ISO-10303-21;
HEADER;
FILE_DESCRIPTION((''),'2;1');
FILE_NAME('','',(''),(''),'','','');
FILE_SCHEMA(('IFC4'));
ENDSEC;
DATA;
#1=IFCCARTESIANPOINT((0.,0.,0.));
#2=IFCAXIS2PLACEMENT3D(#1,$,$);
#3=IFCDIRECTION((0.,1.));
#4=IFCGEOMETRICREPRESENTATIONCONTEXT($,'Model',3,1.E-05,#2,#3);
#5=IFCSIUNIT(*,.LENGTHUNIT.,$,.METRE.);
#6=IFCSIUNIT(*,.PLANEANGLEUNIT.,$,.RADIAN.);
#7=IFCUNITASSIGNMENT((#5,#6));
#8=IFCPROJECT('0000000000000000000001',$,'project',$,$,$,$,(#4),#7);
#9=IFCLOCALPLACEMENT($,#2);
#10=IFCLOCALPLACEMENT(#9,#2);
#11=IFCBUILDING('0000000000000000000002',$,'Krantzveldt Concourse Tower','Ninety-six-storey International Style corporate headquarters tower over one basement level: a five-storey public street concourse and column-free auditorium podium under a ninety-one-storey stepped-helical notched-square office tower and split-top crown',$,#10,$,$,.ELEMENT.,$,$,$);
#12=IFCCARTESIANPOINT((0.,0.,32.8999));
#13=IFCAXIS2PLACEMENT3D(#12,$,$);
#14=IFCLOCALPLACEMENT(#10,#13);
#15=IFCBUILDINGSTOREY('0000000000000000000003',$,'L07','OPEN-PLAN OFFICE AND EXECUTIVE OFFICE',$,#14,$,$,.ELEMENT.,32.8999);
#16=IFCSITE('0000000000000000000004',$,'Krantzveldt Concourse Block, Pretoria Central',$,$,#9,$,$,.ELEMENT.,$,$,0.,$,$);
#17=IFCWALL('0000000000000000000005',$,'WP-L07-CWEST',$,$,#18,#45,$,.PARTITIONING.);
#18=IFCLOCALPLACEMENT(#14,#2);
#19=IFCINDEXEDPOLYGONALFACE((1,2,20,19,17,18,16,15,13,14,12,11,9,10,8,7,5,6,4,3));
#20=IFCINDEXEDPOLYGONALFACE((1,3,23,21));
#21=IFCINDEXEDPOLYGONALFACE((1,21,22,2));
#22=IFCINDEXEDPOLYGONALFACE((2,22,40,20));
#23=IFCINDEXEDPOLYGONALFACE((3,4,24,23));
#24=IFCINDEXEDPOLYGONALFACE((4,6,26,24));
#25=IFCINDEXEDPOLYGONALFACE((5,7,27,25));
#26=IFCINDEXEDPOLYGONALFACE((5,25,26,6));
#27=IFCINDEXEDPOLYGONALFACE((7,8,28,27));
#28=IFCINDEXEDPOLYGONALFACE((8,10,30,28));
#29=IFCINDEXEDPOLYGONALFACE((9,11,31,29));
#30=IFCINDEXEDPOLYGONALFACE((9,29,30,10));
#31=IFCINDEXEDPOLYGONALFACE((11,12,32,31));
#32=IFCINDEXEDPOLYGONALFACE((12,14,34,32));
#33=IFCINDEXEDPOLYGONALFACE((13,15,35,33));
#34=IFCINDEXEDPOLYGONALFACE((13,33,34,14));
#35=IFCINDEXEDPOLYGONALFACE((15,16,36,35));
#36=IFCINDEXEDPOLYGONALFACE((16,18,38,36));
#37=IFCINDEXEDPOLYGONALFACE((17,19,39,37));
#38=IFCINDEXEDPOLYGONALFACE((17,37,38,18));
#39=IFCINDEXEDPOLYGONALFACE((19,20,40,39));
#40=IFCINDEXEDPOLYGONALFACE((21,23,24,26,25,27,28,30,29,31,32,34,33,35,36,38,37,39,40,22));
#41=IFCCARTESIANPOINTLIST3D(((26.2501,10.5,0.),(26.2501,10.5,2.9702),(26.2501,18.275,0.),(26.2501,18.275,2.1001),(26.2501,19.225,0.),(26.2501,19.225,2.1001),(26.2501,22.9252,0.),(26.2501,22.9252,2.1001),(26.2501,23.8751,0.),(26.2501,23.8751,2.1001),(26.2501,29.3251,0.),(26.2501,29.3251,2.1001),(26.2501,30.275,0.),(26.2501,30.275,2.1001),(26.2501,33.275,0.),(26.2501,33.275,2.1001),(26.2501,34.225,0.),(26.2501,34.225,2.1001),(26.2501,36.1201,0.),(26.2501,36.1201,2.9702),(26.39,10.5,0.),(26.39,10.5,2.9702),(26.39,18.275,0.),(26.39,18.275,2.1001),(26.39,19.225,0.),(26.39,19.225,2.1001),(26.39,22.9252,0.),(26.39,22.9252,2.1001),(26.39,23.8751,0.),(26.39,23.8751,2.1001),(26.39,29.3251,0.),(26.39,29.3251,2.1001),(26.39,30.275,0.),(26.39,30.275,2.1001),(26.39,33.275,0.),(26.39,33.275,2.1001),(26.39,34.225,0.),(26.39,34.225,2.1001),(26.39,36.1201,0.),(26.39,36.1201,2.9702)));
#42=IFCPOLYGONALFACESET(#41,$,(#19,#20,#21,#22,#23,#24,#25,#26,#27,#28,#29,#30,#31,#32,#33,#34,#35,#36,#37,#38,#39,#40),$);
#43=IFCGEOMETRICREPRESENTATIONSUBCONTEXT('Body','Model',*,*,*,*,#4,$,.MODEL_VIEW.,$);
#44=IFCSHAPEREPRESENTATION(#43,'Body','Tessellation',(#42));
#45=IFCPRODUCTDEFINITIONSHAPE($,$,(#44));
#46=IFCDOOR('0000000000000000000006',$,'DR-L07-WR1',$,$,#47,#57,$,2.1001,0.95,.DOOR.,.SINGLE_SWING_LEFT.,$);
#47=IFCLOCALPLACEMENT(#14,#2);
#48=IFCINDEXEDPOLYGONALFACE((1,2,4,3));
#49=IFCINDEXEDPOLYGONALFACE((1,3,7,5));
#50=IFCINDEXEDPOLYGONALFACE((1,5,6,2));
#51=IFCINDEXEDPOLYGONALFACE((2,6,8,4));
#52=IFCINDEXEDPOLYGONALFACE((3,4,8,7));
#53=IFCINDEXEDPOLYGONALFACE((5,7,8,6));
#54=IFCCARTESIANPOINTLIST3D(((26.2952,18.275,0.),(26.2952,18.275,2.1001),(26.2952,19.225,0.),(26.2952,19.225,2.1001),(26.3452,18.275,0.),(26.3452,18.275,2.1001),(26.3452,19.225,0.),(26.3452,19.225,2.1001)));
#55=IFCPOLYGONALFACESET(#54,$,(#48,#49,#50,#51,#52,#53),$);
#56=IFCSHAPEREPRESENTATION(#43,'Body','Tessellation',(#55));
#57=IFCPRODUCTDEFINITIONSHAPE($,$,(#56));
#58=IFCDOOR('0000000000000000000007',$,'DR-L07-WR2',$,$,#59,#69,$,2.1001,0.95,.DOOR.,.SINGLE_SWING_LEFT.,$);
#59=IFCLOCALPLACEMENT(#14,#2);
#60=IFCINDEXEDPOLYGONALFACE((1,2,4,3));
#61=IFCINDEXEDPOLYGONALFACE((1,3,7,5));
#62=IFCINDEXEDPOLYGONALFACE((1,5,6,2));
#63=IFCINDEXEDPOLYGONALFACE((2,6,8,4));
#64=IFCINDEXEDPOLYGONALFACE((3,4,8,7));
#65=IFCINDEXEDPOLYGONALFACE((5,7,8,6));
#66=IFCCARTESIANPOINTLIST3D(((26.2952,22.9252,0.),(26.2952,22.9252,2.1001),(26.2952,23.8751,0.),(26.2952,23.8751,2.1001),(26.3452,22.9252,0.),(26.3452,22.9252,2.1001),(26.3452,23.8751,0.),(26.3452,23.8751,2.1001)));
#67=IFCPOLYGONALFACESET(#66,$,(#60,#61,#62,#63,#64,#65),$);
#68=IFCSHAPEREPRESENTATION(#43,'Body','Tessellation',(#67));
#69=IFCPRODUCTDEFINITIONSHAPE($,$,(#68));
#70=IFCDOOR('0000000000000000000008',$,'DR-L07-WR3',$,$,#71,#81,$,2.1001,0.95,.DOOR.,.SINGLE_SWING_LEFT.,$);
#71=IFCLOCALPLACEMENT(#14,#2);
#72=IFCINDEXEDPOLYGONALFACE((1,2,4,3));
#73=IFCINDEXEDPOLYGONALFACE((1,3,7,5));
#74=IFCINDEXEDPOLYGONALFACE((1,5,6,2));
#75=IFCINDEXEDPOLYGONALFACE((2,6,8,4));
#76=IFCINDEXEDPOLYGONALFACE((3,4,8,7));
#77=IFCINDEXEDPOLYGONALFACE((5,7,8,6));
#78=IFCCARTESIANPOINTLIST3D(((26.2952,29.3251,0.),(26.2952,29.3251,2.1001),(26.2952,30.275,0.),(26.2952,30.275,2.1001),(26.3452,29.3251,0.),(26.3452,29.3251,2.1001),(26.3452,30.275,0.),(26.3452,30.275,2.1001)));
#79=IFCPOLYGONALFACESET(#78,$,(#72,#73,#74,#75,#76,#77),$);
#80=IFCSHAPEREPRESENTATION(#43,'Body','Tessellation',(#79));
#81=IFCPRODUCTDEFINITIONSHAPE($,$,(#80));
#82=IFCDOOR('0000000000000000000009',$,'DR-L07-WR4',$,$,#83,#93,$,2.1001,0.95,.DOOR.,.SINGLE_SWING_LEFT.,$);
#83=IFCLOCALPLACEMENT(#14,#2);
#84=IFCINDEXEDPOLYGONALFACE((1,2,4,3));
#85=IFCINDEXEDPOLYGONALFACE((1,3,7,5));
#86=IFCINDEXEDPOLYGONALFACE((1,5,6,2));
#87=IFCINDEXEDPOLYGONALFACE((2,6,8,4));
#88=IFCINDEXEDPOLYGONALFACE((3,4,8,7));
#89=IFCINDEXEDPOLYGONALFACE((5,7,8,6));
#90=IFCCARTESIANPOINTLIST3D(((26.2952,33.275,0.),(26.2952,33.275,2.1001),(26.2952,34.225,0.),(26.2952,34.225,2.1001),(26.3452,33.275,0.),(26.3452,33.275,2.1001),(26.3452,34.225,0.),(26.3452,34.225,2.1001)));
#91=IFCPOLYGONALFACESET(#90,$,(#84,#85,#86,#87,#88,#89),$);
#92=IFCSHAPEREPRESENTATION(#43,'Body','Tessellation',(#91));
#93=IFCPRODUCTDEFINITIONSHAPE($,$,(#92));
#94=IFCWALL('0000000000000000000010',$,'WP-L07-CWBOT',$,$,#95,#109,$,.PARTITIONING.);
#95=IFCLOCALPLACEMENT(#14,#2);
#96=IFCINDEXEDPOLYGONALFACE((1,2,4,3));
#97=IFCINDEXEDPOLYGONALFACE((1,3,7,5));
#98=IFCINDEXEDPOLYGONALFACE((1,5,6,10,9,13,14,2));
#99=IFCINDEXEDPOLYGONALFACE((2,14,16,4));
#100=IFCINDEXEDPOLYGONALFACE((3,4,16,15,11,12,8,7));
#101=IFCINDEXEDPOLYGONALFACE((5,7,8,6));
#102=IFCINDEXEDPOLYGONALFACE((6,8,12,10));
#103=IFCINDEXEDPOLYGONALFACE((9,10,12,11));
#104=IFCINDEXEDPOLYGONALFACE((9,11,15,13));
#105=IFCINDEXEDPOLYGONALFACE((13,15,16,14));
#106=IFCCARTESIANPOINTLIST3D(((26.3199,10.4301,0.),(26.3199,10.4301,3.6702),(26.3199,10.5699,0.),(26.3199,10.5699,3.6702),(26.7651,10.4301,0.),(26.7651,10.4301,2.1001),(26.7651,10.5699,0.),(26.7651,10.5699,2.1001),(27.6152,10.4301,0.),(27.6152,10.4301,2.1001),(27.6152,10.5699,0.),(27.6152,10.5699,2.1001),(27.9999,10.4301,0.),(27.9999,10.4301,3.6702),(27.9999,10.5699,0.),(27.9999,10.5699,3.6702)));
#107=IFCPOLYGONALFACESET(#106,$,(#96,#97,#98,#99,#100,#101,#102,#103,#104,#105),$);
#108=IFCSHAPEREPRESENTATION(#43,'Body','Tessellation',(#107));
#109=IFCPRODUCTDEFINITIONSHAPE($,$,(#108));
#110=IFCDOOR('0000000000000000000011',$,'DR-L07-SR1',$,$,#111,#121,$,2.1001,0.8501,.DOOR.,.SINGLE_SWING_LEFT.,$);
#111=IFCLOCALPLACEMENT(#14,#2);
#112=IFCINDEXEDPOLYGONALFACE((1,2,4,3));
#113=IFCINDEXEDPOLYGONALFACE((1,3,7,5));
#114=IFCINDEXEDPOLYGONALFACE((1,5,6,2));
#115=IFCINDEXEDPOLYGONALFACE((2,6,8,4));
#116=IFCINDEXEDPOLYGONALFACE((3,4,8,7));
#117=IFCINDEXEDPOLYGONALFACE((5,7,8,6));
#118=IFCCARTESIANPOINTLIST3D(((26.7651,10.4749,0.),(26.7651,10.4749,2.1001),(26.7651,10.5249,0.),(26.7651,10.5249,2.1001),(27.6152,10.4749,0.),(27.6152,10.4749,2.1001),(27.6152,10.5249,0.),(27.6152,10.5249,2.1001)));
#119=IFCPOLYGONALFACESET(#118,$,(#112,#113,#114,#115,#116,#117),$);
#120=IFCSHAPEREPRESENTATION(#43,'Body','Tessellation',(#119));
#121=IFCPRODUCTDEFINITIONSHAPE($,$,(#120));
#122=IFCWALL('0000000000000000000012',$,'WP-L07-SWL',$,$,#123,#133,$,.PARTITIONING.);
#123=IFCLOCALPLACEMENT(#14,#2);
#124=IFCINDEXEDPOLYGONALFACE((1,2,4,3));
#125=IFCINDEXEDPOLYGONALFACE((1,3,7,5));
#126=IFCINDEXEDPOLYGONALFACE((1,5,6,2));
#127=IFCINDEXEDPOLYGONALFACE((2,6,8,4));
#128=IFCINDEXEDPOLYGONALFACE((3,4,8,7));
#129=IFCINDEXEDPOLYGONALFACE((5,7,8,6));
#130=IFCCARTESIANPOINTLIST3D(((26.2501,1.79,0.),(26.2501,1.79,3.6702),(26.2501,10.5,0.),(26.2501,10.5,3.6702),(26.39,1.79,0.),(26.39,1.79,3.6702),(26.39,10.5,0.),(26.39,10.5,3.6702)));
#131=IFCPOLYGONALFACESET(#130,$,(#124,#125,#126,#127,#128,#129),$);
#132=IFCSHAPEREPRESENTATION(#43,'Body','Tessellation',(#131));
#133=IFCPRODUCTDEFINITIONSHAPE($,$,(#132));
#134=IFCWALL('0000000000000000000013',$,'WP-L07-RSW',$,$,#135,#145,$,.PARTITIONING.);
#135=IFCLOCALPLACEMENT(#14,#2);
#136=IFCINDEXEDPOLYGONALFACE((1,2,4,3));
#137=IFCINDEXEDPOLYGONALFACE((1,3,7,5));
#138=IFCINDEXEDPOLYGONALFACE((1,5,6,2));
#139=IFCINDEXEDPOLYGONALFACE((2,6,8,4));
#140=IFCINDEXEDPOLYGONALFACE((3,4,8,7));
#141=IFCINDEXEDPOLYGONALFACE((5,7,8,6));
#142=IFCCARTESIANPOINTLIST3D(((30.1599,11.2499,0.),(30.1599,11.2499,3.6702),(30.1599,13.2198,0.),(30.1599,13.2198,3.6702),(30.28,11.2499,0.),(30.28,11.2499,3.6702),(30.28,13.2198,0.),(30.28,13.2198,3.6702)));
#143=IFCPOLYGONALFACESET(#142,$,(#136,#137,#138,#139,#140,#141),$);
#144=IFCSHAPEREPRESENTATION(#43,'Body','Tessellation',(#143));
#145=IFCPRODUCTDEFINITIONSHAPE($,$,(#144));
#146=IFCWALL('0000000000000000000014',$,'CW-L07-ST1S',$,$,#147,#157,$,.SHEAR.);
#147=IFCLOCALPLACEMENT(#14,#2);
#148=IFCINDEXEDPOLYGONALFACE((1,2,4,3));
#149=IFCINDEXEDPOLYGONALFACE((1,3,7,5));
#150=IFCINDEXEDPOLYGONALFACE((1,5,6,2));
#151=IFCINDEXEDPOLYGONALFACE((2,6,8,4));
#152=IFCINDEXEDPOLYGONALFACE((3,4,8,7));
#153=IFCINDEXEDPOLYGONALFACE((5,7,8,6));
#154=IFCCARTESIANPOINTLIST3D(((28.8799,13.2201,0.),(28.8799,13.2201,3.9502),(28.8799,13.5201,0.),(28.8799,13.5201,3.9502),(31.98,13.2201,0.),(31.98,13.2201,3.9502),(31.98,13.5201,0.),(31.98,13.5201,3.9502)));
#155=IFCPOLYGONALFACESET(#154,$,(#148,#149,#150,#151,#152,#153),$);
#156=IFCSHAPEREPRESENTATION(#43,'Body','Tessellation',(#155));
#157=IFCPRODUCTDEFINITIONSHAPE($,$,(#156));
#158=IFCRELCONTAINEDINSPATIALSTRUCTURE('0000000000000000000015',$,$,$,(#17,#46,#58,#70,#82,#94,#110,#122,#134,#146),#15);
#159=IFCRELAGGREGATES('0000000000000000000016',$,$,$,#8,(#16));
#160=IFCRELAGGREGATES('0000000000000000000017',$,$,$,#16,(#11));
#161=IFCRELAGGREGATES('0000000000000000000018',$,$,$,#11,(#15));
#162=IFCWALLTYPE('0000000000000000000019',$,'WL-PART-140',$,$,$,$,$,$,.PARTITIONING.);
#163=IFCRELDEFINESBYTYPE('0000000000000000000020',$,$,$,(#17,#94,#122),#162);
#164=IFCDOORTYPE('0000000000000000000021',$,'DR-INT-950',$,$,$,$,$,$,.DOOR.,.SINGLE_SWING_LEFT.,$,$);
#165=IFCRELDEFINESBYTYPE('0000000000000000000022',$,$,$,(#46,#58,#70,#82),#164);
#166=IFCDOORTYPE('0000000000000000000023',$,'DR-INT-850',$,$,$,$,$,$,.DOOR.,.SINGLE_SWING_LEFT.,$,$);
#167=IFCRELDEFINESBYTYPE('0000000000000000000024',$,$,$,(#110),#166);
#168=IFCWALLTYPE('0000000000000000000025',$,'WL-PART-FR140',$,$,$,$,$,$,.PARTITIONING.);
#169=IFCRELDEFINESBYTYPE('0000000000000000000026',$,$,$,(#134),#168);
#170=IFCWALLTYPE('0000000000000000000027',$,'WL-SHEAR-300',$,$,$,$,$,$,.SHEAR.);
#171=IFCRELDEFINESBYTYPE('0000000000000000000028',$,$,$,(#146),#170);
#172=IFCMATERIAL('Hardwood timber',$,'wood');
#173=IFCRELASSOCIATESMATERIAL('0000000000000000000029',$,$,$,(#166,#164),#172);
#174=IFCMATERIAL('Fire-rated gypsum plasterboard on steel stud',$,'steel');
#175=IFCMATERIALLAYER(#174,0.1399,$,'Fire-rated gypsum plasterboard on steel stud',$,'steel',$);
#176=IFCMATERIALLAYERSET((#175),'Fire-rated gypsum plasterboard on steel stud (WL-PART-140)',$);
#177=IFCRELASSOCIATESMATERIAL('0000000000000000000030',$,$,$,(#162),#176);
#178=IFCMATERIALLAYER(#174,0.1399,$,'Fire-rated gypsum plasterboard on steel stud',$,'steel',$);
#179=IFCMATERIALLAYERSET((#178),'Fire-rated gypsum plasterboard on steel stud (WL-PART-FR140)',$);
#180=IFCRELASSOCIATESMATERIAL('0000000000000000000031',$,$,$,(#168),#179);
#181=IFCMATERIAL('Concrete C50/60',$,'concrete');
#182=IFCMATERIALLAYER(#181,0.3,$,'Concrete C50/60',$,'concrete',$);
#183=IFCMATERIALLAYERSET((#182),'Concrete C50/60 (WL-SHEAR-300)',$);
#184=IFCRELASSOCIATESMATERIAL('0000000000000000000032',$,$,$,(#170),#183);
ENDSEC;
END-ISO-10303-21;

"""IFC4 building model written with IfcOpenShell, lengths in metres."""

from ifc_helpers import new_model, si_unit, direction, frame, frame_2d, origin, place, context, subcontext, project, spatial, rectangle, extrude, material, layer, layer_set, type_object, element, fill, save


model = new_model("IFC4")

# Units and contexts
model_context = context("Model", 3, precision=1e-05, world=origin(), true_north=direction((0.0, 1.0)))
body_context = subcontext(model_context, "Body", "Model", "MODEL_VIEW")
ifc_project = project(units=[si_unit("LENGTHUNIT", "METRE"), si_unit("PLANEANGLEUNIT", "RADIAN")], contexts=[model_context])

# Site, building, storey
site_placement = place(None, origin())
site = spatial("IfcSite", under=ifc_project, at=site_placement, Name="Krantzveldt Concourse Block, Pretoria Central", CompositionType="ELEMENT", RefElevation=0.0)
building_placement = place(site_placement, origin())
building = spatial("IfcBuilding", under=site, at=building_placement, Name="Krantzveldt Concourse Tower", Description="Ninety-six-storey International Style corporate headquarters tower over one basement level: a five-storey public street concourse and column-free auditorium podium under a ninety-one-storey stepped-helical notched-square office tower and split-top crown", CompositionType="ELEMENT")
storey_placement = place(building_placement, frame((0.0, 0.0, 32.8999)))
storey = spatial("IfcBuildingStorey", under=building, at=storey_placement, Name="L07", Description="OPEN-PLAN OFFICE AND EXECUTIVE OFFICE", CompositionType="ELEMENT", Elevation=32.8999)

# Shared definitions
ifc_material_1 = material(Name="Fire-rated gypsum plasterboard on steel stud", Category="steel")
ifc_material_2 = material(Name="Hardwood timber", Category="wood")
door_type_1 = type_object("IfcDoorType", Name="DR-INT-850", OperationType="SINGLE_SWING_LEFT", PredefinedType="DOOR", material=ifc_material_2)

# Wall, openings, doors
ifc_layer_1 = layer(ifc_material_1, 0.1399, Name="Fire-rated gypsum plasterboard on steel stud", Category="steel")
ifc_layer_set_1 = layer_set([ifc_layer_1], Name="Fire-rated gypsum plasterboard on steel stud (WL-PART-140)")
wall_type_1 = type_object("IfcWallType", Name="WL-PART-140", PredefinedType="PARTITIONING", material=ifc_layer_set_1)
wall_1_placement = place(storey_placement, frame((26.3201, 10.5, 0.0), z_axis=(0.0, 0.0, 1.0), x_axis=(0.0, 1.0, 0.0)))
wall_1 = element("IfcWall", 1, at=wall_1_placement, inside=storey, type_object=wall_type_1, Name="WP-L07-CWEST", PredefinedType="PARTITIONING", context=body_context, shape_type="SweptSolid", body=[
    extrude(rectangle(XDim=25.6201, YDim=0.1399, at=frame_2d((12.8101, 0.0))), origin(), (0.0, 0.0, 1.0), 2.9702),
])
opening_1_placement = place(wall_1_placement, frame((7.7749, 0.0, 0.0)))
opening_1 = element("IfcOpeningElement", 2, at=opening_1_placement, cuts=wall_1, PredefinedType="OPENING", context=body_context, shape_type="SweptSolid", body=[
    extrude(rectangle(XDim=0.95, YDim=2.1001, at=frame_2d((0.4751, 1.05))), frame((0.0, 0.0801, 0.0), z_axis=(0.0, -1.0, 0.0), x_axis=(1.0, 0.0, 0.0)), (0.0, 0.0, 1.0), 0.1599),
])
opening_2_placement = place(wall_1_placement, frame((12.425, 0.0, 0.0)))
opening_2 = element("IfcOpeningElement", 3, at=opening_2_placement, cuts=wall_1, PredefinedType="OPENING", context=body_context, shape_type="SweptSolid", body=[
    extrude(rectangle(XDim=0.95, YDim=2.1001, at=frame_2d((0.4751, 1.05))), frame((0.0, 0.0801, 0.0), z_axis=(0.0, -1.0, 0.0), x_axis=(1.0, 0.0, 0.0)), (0.0, 0.0, 1.0), 0.1599),
])
opening_3_placement = place(wall_1_placement, frame((18.825, 0.0, 0.0)))
opening_3 = element("IfcOpeningElement", 4, at=opening_3_placement, cuts=wall_1, PredefinedType="OPENING", context=body_context, shape_type="SweptSolid", body=[
    extrude(rectangle(XDim=0.95, YDim=2.1001, at=frame_2d((0.4751, 1.05))), frame((0.0, 0.0801, 0.0), z_axis=(0.0, -1.0, 0.0), x_axis=(1.0, 0.0, 0.0)), (0.0, 0.0, 1.0), 0.1599),
])
opening_4_placement = place(wall_1_placement, frame((22.7749, 0.0, 0.0)))
opening_4 = element("IfcOpeningElement", 5, at=opening_4_placement, cuts=wall_1, PredefinedType="OPENING", context=body_context, shape_type="SweptSolid", body=[
    extrude(rectangle(XDim=0.95, YDim=2.1001, at=frame_2d((0.4751, 1.05))), frame((0.0, 0.0801, 0.0), z_axis=(0.0, -1.0, 0.0), x_axis=(1.0, 0.0, 0.0)), (0.0, 0.0, 1.0), 0.1599),
])
door_type_2 = type_object("IfcDoorType", Name="DR-INT-950", OperationType="SINGLE_SWING_LEFT", PredefinedType="DOOR", material=ifc_material_2)
door_1_placement = place(opening_1_placement, origin())
door_1 = element("IfcDoor", 6, at=door_1_placement, inside=storey, type_object=door_type_2, Name="DR-L07-WR1", OperationType="SINGLE_SWING_LEFT", OverallHeight=2.1001, OverallWidth=0.95, PredefinedType="DOOR", context=body_context, shape_type="SweptSolid", body=[
    extrude(rectangle(XDim=0.95, YDim=2.1001, at=frame_2d((0.4751, 1.05))), frame((0.0, 0.0249, 0.0), z_axis=(0.0, -1.0, 0.0), x_axis=(1.0, 0.0, 0.0)), (0.0, 0.0, 1.0), 0.05),
])
fill(opening_1, door_1)
door_2_placement = place(opening_2_placement, origin())
door_2 = element("IfcDoor", 7, at=door_2_placement, inside=storey, type_object=door_type_2, Name="DR-L07-WR2", OperationType="SINGLE_SWING_LEFT", OverallHeight=2.1001, OverallWidth=0.95, PredefinedType="DOOR", context=body_context, shape_type="SweptSolid", body=[
    extrude(rectangle(XDim=0.95, YDim=2.1001, at=frame_2d((0.4751, 1.05))), frame((0.0, 0.0249, 0.0), z_axis=(0.0, -1.0, 0.0), x_axis=(1.0, 0.0, 0.0)), (0.0, 0.0, 1.0), 0.05),
])
fill(opening_2, door_2)
door_3_placement = place(opening_3_placement, origin())
door_3 = element("IfcDoor", 8, at=door_3_placement, inside=storey, type_object=door_type_2, Name="DR-L07-WR3", OperationType="SINGLE_SWING_LEFT", OverallHeight=2.1001, OverallWidth=0.95, PredefinedType="DOOR", context=body_context, shape_type="SweptSolid", body=[
    extrude(rectangle(XDim=0.95, YDim=2.1001, at=frame_2d((0.4751, 1.05))), frame((0.0, 0.0249, 0.0), z_axis=(0.0, -1.0, 0.0), x_axis=(1.0, 0.0, 0.0)), (0.0, 0.0, 1.0), 0.05),
])
fill(opening_3, door_3)
door_4_placement = place(opening_4_placement, origin())
door_4 = element("IfcDoor", 9, at=door_4_placement, inside=storey, type_object=door_type_2, Name="DR-L07-WR4", OperationType="SINGLE_SWING_LEFT", OverallHeight=2.1001, OverallWidth=0.95, PredefinedType="DOOR", context=body_context, shape_type="SweptSolid", body=[
    extrude(rectangle(XDim=0.95, YDim=2.1001, at=frame_2d((0.4751, 1.05))), frame((0.0, 0.0249, 0.0), z_axis=(0.0, -1.0, 0.0), x_axis=(1.0, 0.0, 0.0)), (0.0, 0.0, 1.0), 0.05),
])
fill(opening_4, door_4)

# Wall, opening, door
wall_2_placement = place(storey_placement, frame((26.3201, 10.5, 0.0), z_axis=(0.0, 0.0, 1.0), x_axis=(1.0, 0.0, 0.0)))
wall_2 = element("IfcWall", 10, at=wall_2_placement, inside=storey, type_object=wall_type_1, Name="WP-L07-CWBOT", PredefinedType="PARTITIONING", context=body_context, shape_type="SweptSolid", body=[
    extrude(rectangle(XDim=1.6799, YDim=0.1399, at=frame_2d((0.8398, 0.0))), origin(), (0.0, 0.0, 1.0), 3.6702),
])
opening_5_placement = place(wall_2_placement, frame((0.4451, 0.0, 0.0)))
opening_5 = element("IfcOpeningElement", 11, at=opening_5_placement, cuts=wall_2, PredefinedType="OPENING", context=body_context, shape_type="SweptSolid", body=[
    extrude(rectangle(XDim=0.8501, YDim=2.1001, at=frame_2d((0.425, 1.05))), frame((0.0, 0.0801, 0.0), z_axis=(0.0, -1.0, 0.0), x_axis=(1.0, 0.0, 0.0)), (0.0, 0.0, 1.0), 0.1599),
])
door_5_placement = place(opening_5_placement, origin())
door_5 = element("IfcDoor", 12, at=door_5_placement, inside=storey, type_object=door_type_1, Name="DR-L07-SR1", OperationType="SINGLE_SWING_LEFT", OverallHeight=2.1001, OverallWidth=0.8501, PredefinedType="DOOR", context=body_context, shape_type="SweptSolid", body=[
    extrude(rectangle(XDim=0.8501, YDim=2.1001, at=frame_2d((0.425, 1.05))), frame((0.0, 0.0249, 0.0), z_axis=(0.0, -1.0, 0.0), x_axis=(1.0, 0.0, 0.0)), (0.0, 0.0, 1.0), 0.05),
])
fill(opening_5, door_5)

# Walls
wall_3_placement = place(storey_placement, frame((26.3201, 1.79, 0.0), z_axis=(0.0, 0.0, 1.0), x_axis=(0.0, 1.0, 0.0)))
element("IfcWall", 13, at=wall_3_placement, inside=storey, type_object=wall_type_1, Name="WP-L07-SWL", PredefinedType="PARTITIONING", context=body_context, shape_type="SweptSolid", body=[
    extrude(rectangle(XDim=8.71, YDim=0.1399, at=frame_2d((4.355, 0.0))), origin(), (0.0, 0.0, 1.0), 3.6702),
])
ifc_layer_2 = layer(ifc_material_1, 0.1399, Name="Fire-rated gypsum plasterboard on steel stud", Category="steel")
ifc_layer_set_2 = layer_set([ifc_layer_2], Name="Fire-rated gypsum plasterboard on steel stud (WL-PART-FR140)")
wall_type_2 = type_object("IfcWallType", Name="WL-PART-FR140", PredefinedType="PARTITIONING", material=ifc_layer_set_2)
wall_4_placement = place(storey_placement, frame((30.22, 11.25, 0.0), z_axis=(0.0, 0.0, 1.0), x_axis=(0.0, 1.0, 0.0)))
element("IfcWall", 14, at=wall_4_placement, inside=storey, type_object=wall_type_2, Name="WP-L07-RSW", PredefinedType="PARTITIONING", context=body_context, shape_type="SweptSolid", body=[
    extrude(rectangle(XDim=1.97, YDim=0.1201, at=frame_2d((0.9849, 0.0))), origin(), (0.0, 0.0, 1.0), 3.6702),
])
ifc_material_3 = material(Name="Concrete C50/60", Category="concrete")
ifc_layer_3 = layer(ifc_material_3, 0.3, Name="Concrete C50/60", Category="concrete")
ifc_layer_set_3 = layer_set([ifc_layer_3], Name="Concrete C50/60 (WL-SHEAR-300)")
wall_type_3 = type_object("IfcWallType", Name="WL-SHEAR-300", PredefinedType="SHEAR", material=ifc_layer_set_3)
wall_5_placement = place(storey_placement, frame((28.8799, 13.3701, 0.0), z_axis=(0.0, 0.0, 1.0), x_axis=(1.0, 0.0, 0.0)))
element("IfcWall", 15, at=wall_5_placement, inside=storey, type_object=wall_type_3, Name="CW-L07-ST1S", PredefinedType="SHEAR", context=body_context, shape_type="SweptSolid", body=[
    extrude(rectangle(XDim=3.1001, YDim=0.3, at=frame_2d((1.55, 0.0))), origin(), (0.0, 0.0, 1.0), 3.9502),
])

save(model, "model.ifc")
